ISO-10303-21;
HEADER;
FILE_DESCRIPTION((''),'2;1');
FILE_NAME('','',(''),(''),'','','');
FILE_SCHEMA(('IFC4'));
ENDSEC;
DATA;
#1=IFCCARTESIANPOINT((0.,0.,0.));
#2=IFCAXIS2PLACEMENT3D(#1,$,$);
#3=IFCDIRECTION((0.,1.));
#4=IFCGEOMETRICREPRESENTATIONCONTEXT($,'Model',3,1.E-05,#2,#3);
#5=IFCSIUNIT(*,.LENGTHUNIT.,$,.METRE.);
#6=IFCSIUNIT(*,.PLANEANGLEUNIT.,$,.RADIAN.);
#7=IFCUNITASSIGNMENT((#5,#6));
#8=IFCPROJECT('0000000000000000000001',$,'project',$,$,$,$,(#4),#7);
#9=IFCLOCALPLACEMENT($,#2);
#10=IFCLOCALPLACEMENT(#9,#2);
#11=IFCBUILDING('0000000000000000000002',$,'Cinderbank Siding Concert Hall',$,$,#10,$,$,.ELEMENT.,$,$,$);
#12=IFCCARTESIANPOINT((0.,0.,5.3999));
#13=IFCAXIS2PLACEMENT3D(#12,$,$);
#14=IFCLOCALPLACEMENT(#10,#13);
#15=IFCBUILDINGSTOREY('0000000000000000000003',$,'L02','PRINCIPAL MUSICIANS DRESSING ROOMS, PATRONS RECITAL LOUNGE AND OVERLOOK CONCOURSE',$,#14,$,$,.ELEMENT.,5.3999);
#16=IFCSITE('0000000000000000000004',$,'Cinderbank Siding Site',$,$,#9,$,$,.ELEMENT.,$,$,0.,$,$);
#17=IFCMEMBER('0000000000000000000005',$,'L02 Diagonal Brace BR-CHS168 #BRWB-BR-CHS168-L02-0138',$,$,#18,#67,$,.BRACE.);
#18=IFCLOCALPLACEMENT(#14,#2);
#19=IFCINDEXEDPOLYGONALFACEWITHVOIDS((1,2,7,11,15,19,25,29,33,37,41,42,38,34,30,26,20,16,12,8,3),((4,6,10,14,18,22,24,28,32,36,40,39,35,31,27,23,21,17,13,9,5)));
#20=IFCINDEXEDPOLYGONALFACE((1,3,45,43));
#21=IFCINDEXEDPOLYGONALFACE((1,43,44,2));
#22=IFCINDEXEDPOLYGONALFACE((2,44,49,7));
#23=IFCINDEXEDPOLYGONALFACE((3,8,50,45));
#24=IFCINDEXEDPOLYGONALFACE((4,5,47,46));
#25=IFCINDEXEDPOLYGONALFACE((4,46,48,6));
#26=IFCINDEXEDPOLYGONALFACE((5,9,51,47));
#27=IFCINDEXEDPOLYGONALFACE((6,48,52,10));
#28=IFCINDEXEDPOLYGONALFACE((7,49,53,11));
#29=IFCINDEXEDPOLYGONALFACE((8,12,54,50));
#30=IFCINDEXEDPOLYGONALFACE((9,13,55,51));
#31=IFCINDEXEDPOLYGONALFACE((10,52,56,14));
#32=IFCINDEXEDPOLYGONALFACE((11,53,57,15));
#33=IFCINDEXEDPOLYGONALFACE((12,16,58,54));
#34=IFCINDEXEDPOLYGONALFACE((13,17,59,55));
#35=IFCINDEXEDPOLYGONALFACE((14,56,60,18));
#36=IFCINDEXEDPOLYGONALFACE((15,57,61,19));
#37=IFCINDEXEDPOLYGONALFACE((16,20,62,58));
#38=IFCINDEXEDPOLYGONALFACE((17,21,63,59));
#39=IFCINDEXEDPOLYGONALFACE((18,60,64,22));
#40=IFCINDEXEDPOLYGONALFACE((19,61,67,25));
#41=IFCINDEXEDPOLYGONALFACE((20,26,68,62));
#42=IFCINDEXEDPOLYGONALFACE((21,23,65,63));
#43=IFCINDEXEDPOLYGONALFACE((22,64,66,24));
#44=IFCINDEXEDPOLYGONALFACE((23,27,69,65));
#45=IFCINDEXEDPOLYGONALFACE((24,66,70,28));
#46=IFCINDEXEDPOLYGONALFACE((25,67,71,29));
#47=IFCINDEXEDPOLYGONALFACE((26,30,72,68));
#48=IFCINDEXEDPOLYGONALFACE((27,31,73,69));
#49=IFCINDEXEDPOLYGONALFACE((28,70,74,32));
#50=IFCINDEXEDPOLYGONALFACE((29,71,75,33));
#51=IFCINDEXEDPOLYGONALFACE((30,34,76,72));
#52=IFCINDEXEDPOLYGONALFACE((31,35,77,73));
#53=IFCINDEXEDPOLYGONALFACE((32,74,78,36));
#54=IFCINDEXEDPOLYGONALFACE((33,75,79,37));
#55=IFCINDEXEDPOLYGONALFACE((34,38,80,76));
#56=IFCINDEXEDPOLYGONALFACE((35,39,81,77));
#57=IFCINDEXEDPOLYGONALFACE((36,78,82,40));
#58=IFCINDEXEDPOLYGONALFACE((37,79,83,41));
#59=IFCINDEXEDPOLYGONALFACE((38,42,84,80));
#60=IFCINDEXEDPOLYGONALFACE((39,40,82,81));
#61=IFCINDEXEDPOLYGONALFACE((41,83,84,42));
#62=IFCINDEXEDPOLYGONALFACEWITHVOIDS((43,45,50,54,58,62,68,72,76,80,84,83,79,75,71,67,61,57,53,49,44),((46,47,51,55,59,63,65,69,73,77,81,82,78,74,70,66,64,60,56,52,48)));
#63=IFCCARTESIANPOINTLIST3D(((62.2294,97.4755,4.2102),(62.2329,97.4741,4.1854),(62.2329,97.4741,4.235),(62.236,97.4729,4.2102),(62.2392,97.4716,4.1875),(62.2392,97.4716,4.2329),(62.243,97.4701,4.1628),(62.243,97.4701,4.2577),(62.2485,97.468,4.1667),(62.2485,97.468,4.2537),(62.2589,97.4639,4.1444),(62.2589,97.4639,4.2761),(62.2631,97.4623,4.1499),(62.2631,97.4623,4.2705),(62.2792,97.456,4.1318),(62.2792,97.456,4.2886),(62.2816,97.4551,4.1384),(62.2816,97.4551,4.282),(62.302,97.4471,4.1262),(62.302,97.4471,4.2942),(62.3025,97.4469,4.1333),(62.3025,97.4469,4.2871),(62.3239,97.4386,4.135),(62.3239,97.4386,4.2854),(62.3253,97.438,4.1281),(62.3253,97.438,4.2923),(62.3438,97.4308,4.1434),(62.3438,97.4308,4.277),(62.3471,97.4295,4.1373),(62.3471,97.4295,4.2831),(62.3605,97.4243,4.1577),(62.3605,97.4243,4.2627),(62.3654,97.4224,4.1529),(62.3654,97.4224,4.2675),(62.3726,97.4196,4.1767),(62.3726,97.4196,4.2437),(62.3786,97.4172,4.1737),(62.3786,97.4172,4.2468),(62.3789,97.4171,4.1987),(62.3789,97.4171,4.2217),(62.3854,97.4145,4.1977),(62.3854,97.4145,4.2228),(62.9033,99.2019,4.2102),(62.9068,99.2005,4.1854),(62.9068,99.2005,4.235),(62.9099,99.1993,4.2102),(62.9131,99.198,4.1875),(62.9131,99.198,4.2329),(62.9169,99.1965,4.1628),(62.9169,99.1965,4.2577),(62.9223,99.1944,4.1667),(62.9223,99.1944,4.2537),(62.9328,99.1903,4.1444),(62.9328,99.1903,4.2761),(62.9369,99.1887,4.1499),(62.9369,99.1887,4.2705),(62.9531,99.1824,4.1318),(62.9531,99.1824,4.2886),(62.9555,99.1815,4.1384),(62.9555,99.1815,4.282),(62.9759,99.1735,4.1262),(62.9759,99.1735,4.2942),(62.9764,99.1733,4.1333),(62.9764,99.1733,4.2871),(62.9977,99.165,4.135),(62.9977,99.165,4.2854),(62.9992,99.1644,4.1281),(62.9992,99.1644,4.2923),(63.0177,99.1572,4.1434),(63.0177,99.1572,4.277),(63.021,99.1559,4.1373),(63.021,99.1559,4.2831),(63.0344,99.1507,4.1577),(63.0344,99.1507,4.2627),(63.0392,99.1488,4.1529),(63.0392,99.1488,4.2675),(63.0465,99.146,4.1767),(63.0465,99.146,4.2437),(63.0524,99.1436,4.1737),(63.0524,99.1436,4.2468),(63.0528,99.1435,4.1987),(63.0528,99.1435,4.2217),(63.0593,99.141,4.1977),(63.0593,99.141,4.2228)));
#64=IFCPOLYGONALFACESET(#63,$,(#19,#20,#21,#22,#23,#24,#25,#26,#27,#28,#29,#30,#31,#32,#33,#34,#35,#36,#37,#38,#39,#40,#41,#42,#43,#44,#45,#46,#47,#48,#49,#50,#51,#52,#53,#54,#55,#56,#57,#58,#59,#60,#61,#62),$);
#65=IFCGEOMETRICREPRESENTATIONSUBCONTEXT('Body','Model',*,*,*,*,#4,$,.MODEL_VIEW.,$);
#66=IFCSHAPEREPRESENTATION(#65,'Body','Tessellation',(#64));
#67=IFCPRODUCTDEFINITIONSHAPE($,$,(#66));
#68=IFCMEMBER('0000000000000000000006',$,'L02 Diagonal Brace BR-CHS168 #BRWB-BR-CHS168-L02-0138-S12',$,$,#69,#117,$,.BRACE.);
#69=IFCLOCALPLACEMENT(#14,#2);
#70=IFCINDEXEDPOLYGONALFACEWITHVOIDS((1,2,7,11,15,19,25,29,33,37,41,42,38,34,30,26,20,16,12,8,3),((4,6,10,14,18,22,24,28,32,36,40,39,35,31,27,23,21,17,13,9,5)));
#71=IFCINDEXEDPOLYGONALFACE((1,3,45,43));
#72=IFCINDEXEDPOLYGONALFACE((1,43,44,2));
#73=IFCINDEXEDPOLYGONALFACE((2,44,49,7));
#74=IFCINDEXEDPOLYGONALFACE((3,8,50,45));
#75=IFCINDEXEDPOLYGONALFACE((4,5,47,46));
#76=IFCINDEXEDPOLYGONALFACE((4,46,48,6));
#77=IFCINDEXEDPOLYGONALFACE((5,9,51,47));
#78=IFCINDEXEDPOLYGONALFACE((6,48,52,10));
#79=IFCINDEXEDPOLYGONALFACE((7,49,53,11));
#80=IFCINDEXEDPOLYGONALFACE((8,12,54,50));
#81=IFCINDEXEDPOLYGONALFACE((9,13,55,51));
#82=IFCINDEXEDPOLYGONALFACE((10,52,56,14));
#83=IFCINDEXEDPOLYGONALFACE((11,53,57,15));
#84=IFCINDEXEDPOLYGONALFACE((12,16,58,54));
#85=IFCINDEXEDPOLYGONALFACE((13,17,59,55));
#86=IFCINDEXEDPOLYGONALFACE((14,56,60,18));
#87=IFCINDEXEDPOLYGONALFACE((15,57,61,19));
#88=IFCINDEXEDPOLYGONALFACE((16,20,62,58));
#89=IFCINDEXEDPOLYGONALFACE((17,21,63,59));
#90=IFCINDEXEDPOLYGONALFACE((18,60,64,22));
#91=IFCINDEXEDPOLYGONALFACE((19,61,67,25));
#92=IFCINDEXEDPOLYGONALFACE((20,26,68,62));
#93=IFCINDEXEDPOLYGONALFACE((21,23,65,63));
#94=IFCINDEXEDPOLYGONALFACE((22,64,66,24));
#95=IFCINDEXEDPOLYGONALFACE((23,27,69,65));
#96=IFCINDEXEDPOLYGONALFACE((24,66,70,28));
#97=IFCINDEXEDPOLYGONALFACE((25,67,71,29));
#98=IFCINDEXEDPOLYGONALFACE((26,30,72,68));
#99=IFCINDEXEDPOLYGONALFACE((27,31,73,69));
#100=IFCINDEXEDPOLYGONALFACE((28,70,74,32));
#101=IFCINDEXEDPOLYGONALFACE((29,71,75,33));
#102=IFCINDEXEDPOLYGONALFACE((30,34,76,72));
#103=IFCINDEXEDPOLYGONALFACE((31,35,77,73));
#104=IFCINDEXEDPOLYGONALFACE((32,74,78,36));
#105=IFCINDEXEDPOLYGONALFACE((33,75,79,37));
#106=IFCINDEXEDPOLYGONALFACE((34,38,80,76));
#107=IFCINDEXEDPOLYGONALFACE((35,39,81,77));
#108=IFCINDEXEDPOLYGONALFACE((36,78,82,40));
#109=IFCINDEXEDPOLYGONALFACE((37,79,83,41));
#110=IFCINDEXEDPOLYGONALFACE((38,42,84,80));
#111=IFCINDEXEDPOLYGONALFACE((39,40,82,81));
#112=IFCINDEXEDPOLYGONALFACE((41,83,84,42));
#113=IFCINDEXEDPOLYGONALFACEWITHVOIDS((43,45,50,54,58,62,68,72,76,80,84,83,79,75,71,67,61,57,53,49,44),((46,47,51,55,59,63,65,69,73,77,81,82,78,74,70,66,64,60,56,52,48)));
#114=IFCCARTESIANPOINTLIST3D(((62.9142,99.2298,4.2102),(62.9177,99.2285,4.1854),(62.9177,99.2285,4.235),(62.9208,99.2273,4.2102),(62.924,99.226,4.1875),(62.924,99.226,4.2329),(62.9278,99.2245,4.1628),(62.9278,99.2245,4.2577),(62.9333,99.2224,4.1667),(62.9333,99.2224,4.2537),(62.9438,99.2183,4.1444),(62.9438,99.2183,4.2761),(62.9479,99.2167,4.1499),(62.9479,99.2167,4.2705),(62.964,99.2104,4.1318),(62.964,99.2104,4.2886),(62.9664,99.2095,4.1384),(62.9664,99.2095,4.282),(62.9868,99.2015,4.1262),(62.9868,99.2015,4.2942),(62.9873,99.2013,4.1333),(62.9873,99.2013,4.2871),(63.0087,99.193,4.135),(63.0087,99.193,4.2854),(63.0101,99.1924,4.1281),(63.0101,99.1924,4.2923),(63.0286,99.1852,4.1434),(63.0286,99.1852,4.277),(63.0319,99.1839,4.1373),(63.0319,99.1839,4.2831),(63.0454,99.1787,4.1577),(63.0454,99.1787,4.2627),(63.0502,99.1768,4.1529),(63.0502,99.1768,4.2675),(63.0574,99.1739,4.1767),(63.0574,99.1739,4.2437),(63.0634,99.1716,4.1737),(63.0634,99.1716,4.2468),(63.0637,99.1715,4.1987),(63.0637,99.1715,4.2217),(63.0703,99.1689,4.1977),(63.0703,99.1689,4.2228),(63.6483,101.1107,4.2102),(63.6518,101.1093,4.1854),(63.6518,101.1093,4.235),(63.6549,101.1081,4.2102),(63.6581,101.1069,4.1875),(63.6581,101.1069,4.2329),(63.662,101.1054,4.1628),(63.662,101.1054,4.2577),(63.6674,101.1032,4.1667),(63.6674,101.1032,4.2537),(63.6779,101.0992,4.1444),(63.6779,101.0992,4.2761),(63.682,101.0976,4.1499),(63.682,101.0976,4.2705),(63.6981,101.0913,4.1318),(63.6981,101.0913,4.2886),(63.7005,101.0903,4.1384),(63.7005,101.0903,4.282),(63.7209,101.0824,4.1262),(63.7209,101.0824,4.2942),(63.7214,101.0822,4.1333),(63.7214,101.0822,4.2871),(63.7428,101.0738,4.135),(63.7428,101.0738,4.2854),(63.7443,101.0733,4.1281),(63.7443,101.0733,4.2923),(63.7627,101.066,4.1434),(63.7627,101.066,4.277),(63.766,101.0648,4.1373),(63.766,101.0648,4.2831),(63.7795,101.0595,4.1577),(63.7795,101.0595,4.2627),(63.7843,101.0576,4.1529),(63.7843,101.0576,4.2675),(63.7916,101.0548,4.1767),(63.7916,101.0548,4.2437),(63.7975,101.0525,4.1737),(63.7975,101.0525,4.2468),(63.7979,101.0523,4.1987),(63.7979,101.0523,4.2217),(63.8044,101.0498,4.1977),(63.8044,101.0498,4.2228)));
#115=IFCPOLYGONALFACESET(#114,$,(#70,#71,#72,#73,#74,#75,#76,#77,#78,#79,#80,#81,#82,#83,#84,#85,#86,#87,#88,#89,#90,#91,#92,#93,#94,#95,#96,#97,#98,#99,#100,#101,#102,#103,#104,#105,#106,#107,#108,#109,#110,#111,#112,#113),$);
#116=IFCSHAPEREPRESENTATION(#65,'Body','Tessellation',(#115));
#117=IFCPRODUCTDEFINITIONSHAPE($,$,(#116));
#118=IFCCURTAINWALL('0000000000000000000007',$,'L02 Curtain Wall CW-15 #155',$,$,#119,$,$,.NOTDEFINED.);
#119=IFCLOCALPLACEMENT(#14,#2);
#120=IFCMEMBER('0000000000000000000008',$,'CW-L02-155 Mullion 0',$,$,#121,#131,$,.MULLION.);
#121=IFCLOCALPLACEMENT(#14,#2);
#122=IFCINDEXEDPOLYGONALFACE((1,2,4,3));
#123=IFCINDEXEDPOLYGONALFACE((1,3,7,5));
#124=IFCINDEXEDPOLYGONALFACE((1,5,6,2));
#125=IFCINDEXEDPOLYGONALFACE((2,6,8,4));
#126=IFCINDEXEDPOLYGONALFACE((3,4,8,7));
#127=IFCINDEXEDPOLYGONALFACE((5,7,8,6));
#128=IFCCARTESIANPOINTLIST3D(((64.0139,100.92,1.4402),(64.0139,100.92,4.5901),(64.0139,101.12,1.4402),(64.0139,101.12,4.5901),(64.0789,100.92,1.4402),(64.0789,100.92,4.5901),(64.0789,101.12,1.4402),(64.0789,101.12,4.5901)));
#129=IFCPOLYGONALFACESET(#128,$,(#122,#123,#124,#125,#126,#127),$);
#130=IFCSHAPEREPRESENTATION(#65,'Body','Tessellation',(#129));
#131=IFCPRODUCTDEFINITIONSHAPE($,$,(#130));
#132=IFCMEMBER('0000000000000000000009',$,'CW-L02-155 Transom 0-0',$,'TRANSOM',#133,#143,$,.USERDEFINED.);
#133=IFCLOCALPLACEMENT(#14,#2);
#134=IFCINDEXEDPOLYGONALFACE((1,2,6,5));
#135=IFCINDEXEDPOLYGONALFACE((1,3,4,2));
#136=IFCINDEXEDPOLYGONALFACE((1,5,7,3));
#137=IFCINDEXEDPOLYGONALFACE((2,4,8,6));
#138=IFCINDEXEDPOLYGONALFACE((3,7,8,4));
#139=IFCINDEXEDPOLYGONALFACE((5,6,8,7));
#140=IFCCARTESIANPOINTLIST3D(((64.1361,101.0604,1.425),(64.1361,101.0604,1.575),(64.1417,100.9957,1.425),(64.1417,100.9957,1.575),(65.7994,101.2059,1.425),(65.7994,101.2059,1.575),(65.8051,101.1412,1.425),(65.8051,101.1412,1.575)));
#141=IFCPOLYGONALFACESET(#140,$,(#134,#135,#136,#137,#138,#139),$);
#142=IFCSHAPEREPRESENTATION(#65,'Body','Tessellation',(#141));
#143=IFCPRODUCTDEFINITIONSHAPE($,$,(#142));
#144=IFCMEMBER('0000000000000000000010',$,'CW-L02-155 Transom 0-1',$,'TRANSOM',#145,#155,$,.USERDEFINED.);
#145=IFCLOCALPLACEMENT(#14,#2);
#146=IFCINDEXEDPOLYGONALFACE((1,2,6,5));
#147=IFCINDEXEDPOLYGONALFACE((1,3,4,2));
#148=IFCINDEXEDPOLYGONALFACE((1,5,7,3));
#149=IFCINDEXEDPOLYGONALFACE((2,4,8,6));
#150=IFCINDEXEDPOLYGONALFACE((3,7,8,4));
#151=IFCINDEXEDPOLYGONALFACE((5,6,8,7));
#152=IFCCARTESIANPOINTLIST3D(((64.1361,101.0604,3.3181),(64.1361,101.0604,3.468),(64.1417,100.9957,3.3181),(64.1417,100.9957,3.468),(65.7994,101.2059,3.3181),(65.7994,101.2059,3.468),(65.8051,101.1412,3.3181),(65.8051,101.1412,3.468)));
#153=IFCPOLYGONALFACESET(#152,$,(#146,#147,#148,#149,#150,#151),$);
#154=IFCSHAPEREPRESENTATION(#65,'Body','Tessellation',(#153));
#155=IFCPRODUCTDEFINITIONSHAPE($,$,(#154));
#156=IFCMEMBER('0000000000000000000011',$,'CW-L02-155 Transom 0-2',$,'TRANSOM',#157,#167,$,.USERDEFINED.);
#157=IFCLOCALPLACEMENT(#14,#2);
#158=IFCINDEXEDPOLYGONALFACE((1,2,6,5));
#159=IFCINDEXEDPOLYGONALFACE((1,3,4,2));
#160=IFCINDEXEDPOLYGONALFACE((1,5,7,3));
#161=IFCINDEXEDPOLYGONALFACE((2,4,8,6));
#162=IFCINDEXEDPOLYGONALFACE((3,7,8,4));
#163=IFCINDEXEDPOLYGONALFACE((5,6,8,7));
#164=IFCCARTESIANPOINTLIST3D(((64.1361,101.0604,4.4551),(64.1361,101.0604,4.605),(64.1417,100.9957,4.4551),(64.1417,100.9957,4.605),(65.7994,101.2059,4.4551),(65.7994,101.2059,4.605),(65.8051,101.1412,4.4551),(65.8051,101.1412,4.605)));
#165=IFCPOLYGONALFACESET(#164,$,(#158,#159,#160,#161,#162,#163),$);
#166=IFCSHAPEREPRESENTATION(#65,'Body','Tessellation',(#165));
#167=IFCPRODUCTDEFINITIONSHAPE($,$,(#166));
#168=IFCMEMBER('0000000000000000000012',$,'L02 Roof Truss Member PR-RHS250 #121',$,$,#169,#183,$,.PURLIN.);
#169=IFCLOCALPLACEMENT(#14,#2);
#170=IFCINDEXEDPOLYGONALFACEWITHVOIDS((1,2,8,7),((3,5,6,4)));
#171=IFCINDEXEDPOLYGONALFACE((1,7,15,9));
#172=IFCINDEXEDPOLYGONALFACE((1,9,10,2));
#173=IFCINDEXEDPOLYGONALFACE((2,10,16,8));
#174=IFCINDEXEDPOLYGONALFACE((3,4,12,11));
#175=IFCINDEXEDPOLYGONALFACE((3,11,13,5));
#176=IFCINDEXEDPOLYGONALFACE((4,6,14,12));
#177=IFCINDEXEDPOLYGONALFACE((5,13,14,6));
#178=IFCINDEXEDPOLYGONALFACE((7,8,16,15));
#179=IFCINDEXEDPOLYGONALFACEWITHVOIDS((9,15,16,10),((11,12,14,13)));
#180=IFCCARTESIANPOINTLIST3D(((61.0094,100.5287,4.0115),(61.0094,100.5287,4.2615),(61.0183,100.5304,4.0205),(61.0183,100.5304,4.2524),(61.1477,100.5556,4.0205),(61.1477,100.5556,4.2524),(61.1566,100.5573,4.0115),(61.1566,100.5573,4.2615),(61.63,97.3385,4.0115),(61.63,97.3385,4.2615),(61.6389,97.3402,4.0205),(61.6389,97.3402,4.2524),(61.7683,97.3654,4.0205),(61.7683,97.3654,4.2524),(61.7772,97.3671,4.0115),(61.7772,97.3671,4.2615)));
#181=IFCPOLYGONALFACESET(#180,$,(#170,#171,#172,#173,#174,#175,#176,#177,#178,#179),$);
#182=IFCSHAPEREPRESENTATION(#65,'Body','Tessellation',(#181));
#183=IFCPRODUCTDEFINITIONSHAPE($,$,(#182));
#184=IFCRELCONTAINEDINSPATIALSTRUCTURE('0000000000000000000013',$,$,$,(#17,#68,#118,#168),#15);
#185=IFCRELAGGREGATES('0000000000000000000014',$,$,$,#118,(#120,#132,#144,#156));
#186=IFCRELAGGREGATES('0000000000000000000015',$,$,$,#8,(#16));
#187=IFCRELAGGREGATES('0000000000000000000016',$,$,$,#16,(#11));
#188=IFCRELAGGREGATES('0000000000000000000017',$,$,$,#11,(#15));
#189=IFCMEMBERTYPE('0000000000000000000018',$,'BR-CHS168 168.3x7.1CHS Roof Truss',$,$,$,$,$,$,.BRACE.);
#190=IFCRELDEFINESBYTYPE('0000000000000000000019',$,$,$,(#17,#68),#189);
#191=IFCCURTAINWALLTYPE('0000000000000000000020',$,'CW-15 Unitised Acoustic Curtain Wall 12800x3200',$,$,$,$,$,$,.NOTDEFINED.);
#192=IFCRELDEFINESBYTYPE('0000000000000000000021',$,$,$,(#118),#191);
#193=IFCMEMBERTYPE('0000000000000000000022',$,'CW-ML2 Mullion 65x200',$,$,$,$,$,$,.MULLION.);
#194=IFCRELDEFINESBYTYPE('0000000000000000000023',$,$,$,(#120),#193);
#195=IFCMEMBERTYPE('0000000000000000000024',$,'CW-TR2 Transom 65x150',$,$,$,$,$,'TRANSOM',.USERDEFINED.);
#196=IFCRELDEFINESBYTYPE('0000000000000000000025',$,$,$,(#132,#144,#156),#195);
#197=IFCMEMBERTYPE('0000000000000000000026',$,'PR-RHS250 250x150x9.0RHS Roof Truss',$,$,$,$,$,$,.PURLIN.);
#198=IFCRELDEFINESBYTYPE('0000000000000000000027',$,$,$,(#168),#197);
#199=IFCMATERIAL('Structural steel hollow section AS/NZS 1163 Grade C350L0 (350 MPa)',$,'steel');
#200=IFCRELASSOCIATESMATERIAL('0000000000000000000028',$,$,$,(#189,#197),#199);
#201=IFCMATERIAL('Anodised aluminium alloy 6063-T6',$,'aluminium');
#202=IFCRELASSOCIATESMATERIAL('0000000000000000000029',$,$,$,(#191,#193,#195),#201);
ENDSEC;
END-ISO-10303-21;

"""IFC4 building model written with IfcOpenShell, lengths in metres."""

from ifc_helpers import new_model, si_unit, direction, frame, origin, origin_2d, place, context, subcontext, project, spatial, rectangle, hollow_rectangle, hollow_circle, extrude, material, material_profile, profile_set, type_object, element, aggregate, save


model = new_model("IFC4")

# Units and contexts
model_context = context("Model", 3, precision=1e-05, world=origin(), true_north=direction((0.0, 1.0)))
body_context = subcontext(model_context, "Body", "Model", "MODEL_VIEW")
ifc_project = project(units=[si_unit("LENGTHUNIT", "METRE"), si_unit("PLANEANGLEUNIT", "RADIAN")], contexts=[model_context])

# Site, building, storey
site_placement = place(None, origin())
site = spatial("IfcSite", under=ifc_project, at=site_placement, Name="Cinderbank Siding Site", CompositionType="ELEMENT", RefElevation=0.0)
building_placement = place(site_placement, origin())
building = spatial("IfcBuilding", under=site, at=building_placement, Name="Cinderbank Siding Concert Hall", CompositionType="ELEMENT")
storey_placement = place(building_placement, frame((0.0, 0.0, 5.3999)))
storey = spatial("IfcBuildingStorey", under=building, at=storey_placement, Name="L02", Description="PRINCIPAL MUSICIANS DRESSING ROOMS, PATRONS RECITAL LOUNGE AND OVERLOOK CONCOURSE", CompositionType="ELEMENT", Elevation=5.3999)

# Members
ifc_material_1 = material(Name="Structural steel hollow section AS/NZS 1163 Grade C350L0 (350 MPa)", Category="steel")
ifc_material_profile_1 = material_profile(ifc_material_1, hollow_circle(Radius=0.0842, WallThickness=0.0071, at=origin_2d()), Name="168.3x7.1CHS", Category="LoadBearing")
ifc_profile_set_1 = profile_set([ifc_material_profile_1], Name="Structural steel hollow section AS/NZS 1163 Grade C350L0 (350 MPa)")
member_type_1 = type_object("IfcMemberType", Name="BR-CHS168 168.3x7.1CHS Roof Truss", PredefinedType="BRACE", material=ifc_profile_set_1)
member_1_placement = place(storey_placement, frame((62.3079, 97.4448, 4.2102), z_axis=(0.363609, 0.931551, 0.0), x_axis=(-0.931551, 0.363609, 0.0)))
element("IfcMember", 1, at=member_1_placement, inside=storey, type_object=member_type_1, Name="L02 Diagonal Brace BR-CHS168 #BRWB-BR-CHS168-L02-0138", PredefinedType="BRACE", context=body_context, shape_type="SweptSolid", body=[
    extrude(hollow_circle(Radius=0.0842, WallThickness=0.0071, at=origin_2d()), origin(), (0.0, 0.0, 1.0), 1.8533),
])
member_2_placement = place(storey_placement, frame((62.9927, 99.1992, 4.2102), z_axis=(0.363601, 0.931555, 0.0), x_axis=(-0.931555, 0.363601, 0.0)))
element("IfcMember", 2, at=member_2_placement, inside=storey, type_object=member_type_1, Name="L02 Diagonal Brace BR-CHS168 #BRWB-BR-CHS168-L02-0138-S12", PredefinedType="BRACE", context=body_context, shape_type="SweptSolid", body=[
    extrude(hollow_circle(Radius=0.0842, WallThickness=0.0071, at=origin_2d()), origin(), (0.0, 0.0, 1.0), 2.019),
])

# Curtain wall, members
ifc_material_2 = material(Name="Anodised aluminium alloy 6063-T6", Category="aluminium")
curtain_wall_type = type_object("IfcCurtainWallType", Name="CW-15 Unitised Acoustic Curtain Wall 12800x3200", PredefinedType="NOTDEFINED", material=ifc_material_2)
curtain_wall_placement = place(storey_placement, origin())
curtain_wall = element("IfcCurtainWall", 3, at=curtain_wall_placement, inside=storey, type_object=curtain_wall_type, Name="L02 Curtain Wall CW-15 #155", PredefinedType="NOTDEFINED")
ifc_material_profile_2 = material_profile(ifc_material_2, rectangle(XDim=0.0649, YDim=0.2, at=origin_2d()), Name="ALU-MULL-65x200", Category="LoadBearing")
ifc_profile_set_2 = profile_set([ifc_material_profile_2], Name="Anodised aluminium alloy 6063-T6")
member_type_2 = type_object("IfcMemberType", Name="CW-ML2 Mullion 65x200", PredefinedType="MULLION", material=ifc_profile_set_2)
member_3_placement = place(storey_placement, frame((64.0464, 101.02, 1.4402), z_axis=(0.0, 0.0, 1.0), x_axis=(1.0, 0.0, 0.0)))
member_3 = element("IfcMember", 4, at=member_3_placement, type_object=member_type_2, Name="CW-L02-155 Mullion 0", PredefinedType="MULLION", context=body_context, shape_type="SweptSolid", body=[
    extrude(rectangle(XDim=0.0649, YDim=0.2, at=origin_2d()), origin(), (0.0, 0.0, 1.0), 3.1499),
])
ifc_material_profile_3 = material_profile(ifc_material_2, rectangle(XDim=0.0649, YDim=0.1499, at=origin_2d()), Name="ALU-TRAN-65x150", Category="LoadBearing")
ifc_profile_set_3 = profile_set([ifc_material_profile_3], Name="Anodised aluminium alloy 6063-T6")
member_type_3 = type_object("IfcMemberType", Name="CW-TR2 Transom 65x150", ElementType="TRANSOM", PredefinedType="USERDEFINED", material=ifc_profile_set_3)
member_4_placement = place(storey_placement, frame((64.1389, 101.0281, 1.5), z_axis=(0.996195, 0.087147, 0.0), x_axis=(-0.087147, 0.996195, 0.0)))
member_4 = element("IfcMember", 5, at=member_4_placement, type_object=member_type_3, Name="CW-L02-155 Transom 0-0", ObjectType="TRANSOM", PredefinedType="USERDEFINED", context=body_context, shape_type="SweptSolid", body=[
    extrude(rectangle(XDim=0.0649, YDim=0.1499, at=origin_2d()), origin(), (0.0, 0.0, 1.0), 1.6697),
])
member_5_placement = place(storey_placement, frame((64.1389, 101.0281, 3.3931), z_axis=(0.996195, 0.087147, 0.0), x_axis=(-0.087147, 0.996195, 0.0)))
member_5 = element("IfcMember", 6, at=member_5_placement, type_object=member_type_3, Name="CW-L02-155 Transom 0-1", ObjectType="TRANSOM", PredefinedType="USERDEFINED", context=body_context, shape_type="SweptSolid", body=[
    extrude(rectangle(XDim=0.0649, YDim=0.1499, at=origin_2d()), origin(), (0.0, 0.0, 1.0), 1.6697),
])
member_6_placement = place(storey_placement, frame((64.1389, 101.0281, 4.53), z_axis=(0.996195, 0.087147, 0.0), x_axis=(-0.087147, 0.996195, 0.0)))
member_6 = element("IfcMember", 7, at=member_6_placement, type_object=member_type_3, Name="CW-L02-155 Transom 0-2", ObjectType="TRANSOM", PredefinedType="USERDEFINED", context=body_context, shape_type="SweptSolid", body=[
    extrude(rectangle(XDim=0.0649, YDim=0.1499, at=origin_2d()), origin(), (0.0, 0.0, 1.0), 1.6697),
])
aggregate(curtain_wall, [member_3, member_4, member_5, member_6])

# Member
ifc_material_profile_4 = material_profile(ifc_material_1, hollow_rectangle(XDim=0.1499, YDim=0.25, WallThickness=0.009, at=origin_2d()), Name="250x150x9.0RHS", Category="LoadBearing")
ifc_profile_set_4 = profile_set([ifc_material_profile_4], Name="Structural steel hollow section AS/NZS 1163 Grade C350L0 (350 MPa)")
member_type_4 = type_object("IfcMemberType", Name="PR-RHS250 250x150x9.0RHS Roof Truss", PredefinedType="PURLIN", material=ifc_profile_set_4)
member_7_placement = place(storey_placement, frame((61.7036, 97.3528, 4.1365), z_axis=(-0.190956, 0.981599, 0.0), x_axis=(-0.981599, -0.190956, 0.0)))
element("IfcMember", 8, at=member_7_placement, inside=storey, type_object=member_type_4, Name="L02 Roof Truss Member PR-RHS250 #121", PredefinedType="PURLIN", context=body_context, shape_type="SweptSolid", body=[
    extrude(hollow_rectangle(XDim=0.1499, YDim=0.25, WallThickness=0.009, at=origin_2d()), origin(), (0.0, 0.0, 1.0), 3.25),
])

save(model, "model.ifc")
